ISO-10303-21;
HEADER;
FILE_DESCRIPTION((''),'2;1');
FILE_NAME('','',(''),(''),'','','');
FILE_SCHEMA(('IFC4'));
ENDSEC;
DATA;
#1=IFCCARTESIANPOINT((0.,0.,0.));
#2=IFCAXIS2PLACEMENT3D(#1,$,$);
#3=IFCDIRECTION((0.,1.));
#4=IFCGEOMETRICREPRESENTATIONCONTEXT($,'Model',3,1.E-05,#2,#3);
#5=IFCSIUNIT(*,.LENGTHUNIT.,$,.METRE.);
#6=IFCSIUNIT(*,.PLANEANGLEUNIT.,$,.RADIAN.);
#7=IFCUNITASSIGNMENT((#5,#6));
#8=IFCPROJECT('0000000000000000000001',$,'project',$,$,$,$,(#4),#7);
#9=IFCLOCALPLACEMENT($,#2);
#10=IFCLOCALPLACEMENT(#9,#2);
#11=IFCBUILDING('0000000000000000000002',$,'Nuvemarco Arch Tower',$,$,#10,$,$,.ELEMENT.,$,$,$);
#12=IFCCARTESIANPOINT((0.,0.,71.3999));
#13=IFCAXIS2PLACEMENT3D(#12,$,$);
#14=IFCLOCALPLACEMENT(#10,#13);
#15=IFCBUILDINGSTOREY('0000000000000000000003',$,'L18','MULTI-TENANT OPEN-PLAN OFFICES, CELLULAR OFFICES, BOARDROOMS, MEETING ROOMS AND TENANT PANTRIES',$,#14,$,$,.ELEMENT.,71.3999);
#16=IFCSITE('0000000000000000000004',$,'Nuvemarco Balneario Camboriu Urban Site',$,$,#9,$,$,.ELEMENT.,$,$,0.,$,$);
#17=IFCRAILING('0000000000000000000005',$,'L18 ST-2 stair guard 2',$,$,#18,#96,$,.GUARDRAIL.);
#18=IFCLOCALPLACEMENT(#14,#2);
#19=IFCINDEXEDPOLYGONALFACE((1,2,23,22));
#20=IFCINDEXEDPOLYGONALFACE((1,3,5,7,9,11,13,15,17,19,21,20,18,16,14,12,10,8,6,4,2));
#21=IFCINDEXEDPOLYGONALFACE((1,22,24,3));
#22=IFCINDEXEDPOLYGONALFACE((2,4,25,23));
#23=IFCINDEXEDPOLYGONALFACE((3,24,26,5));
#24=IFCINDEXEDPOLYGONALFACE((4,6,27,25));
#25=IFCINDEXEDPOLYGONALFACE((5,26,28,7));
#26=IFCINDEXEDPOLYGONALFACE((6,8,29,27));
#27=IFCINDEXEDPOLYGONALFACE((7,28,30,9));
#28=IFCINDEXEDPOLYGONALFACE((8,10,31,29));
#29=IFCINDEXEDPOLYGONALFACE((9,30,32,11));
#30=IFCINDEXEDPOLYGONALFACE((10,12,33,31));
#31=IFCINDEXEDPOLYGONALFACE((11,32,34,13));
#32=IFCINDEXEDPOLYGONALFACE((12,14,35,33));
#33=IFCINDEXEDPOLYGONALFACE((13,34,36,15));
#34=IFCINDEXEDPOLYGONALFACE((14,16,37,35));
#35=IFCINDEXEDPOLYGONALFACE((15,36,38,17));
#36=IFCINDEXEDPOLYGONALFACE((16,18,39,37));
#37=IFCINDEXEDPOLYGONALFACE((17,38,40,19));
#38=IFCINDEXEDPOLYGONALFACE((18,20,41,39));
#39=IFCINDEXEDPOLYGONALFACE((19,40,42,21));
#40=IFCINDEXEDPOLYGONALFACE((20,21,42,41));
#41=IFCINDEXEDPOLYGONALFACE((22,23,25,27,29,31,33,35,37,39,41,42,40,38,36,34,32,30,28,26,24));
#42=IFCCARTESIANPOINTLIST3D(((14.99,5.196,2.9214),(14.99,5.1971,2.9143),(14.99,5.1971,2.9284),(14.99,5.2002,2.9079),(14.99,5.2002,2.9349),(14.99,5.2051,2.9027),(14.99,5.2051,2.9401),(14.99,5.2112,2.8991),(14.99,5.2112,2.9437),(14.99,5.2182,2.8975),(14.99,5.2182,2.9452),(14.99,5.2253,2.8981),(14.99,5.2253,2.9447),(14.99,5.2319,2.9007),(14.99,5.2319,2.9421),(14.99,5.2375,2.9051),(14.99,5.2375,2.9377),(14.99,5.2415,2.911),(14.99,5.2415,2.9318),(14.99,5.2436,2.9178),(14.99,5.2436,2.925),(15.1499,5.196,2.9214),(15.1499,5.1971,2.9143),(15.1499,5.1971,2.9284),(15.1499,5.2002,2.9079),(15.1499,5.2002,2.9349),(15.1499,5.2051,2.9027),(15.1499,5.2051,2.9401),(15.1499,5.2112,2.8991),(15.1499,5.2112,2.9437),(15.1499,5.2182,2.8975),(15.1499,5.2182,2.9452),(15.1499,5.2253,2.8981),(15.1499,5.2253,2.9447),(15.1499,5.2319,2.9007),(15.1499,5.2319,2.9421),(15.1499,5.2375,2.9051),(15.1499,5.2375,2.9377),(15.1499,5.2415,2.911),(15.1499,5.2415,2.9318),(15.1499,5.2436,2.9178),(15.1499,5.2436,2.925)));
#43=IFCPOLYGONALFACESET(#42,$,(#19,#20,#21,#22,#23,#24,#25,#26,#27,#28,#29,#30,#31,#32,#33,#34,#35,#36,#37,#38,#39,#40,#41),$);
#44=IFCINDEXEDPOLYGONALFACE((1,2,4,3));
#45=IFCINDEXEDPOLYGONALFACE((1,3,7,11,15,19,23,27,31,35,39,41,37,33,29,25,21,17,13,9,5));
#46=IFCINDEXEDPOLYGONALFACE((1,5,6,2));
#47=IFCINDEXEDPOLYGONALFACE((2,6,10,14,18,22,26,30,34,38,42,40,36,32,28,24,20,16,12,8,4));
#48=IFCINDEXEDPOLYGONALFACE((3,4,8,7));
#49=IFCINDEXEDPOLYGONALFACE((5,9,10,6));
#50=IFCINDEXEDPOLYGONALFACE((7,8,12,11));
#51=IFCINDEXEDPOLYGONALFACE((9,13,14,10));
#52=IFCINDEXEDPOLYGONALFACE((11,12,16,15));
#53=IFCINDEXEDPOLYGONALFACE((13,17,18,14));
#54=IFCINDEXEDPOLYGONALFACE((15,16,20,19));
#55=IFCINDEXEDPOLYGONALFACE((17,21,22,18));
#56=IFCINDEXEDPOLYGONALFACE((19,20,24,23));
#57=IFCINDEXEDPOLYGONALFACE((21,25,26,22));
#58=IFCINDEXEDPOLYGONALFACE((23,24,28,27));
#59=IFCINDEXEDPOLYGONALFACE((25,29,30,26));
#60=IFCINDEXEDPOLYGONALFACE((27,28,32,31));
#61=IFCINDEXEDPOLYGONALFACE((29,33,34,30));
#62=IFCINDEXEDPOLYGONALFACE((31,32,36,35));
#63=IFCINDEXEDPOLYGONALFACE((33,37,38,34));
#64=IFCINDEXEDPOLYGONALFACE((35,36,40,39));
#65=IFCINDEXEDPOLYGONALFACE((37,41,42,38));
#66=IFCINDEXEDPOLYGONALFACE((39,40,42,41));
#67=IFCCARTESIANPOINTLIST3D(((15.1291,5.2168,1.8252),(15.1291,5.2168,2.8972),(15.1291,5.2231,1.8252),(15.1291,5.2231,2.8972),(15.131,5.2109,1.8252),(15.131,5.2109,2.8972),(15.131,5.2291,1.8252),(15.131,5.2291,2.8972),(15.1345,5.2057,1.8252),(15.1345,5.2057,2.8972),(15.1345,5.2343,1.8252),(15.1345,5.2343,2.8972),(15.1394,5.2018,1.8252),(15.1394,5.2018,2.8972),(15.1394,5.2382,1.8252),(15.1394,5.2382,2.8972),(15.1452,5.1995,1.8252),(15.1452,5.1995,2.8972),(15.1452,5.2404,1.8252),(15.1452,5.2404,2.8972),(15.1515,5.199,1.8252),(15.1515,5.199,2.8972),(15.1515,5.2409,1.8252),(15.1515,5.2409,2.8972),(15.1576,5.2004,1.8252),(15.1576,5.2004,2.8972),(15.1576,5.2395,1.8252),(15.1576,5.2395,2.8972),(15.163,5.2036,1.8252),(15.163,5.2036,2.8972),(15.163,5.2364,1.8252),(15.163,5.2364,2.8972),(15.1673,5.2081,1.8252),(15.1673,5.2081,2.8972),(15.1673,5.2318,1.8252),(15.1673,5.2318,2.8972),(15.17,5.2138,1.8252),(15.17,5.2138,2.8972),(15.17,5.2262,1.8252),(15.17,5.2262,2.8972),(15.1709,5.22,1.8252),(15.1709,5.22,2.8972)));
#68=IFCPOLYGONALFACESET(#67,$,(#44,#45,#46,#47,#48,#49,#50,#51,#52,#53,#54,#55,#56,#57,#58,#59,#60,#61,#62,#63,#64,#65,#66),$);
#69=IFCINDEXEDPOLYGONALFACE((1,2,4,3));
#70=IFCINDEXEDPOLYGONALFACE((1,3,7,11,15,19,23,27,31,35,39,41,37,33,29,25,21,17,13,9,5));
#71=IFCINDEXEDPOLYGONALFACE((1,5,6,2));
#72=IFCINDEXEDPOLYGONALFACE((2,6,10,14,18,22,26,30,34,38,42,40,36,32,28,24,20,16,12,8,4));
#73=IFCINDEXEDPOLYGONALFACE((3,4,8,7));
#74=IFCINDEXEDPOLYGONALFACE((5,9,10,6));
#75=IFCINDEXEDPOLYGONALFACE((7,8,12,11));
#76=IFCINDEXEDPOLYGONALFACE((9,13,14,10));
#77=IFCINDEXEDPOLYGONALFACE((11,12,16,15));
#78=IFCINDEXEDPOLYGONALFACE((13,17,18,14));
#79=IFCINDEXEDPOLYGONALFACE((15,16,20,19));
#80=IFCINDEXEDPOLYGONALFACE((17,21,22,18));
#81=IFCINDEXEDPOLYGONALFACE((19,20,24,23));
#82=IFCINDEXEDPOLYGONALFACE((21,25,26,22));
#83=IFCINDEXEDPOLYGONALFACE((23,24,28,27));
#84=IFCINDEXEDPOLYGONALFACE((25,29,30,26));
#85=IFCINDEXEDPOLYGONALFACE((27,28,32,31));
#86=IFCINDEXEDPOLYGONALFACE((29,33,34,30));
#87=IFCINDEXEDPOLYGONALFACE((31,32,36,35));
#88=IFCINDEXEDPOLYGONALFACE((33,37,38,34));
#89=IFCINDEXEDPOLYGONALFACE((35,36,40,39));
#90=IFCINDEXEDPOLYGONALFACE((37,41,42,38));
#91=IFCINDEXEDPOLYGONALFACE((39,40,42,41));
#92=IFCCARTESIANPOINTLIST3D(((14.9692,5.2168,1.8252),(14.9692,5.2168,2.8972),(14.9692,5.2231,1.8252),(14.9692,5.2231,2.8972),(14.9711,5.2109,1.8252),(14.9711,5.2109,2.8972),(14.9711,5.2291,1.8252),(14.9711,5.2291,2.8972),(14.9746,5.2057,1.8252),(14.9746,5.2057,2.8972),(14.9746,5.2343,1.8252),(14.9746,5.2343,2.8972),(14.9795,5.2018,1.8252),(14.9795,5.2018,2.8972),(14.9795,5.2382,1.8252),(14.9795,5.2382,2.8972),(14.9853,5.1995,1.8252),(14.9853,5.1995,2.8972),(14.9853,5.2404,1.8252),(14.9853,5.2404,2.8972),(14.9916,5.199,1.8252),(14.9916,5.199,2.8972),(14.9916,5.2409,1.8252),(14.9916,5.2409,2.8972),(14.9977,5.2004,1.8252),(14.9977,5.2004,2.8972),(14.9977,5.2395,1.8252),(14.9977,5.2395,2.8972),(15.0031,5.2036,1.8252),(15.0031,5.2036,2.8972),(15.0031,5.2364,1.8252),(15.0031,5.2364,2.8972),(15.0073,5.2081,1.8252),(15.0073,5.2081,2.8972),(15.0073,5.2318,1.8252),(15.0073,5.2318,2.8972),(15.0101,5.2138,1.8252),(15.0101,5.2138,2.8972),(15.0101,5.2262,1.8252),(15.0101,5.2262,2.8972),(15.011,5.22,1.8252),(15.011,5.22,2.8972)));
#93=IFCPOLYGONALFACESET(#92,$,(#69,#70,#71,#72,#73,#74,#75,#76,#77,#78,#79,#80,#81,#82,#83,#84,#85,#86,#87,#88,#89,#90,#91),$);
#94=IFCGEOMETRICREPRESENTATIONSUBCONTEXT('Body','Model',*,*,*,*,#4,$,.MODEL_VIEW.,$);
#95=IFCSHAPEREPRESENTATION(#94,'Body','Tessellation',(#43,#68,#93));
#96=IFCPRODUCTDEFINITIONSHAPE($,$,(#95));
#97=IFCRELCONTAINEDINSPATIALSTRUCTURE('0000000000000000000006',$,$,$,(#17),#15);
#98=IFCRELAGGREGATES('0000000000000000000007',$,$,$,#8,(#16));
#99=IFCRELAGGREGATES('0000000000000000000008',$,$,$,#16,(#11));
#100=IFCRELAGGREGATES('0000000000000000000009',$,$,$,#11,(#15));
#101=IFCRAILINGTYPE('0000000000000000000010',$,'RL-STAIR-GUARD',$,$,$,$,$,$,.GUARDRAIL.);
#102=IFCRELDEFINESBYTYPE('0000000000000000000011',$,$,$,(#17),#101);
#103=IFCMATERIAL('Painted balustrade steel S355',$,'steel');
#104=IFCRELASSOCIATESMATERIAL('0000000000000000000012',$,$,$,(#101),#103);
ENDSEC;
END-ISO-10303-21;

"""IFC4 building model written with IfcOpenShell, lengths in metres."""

from ifc_helpers import new_model, si_unit, direction, frame, origin, origin_2d, place, context, subcontext, project, spatial, circle, extrude, material, type_object, element, save


model = new_model("IFC4")

# Units and contexts
model_context = context("Model", 3, precision=1e-05, world=origin(), true_north=direction((0.0, 1.0)))
body_context = subcontext(model_context, "Body", "Model", "MODEL_VIEW")
ifc_project = project(units=[si_unit("LENGTHUNIT", "METRE"), si_unit("PLANEANGLEUNIT", "RADIAN")], contexts=[model_context])

# Site, building, storey
site_placement = place(None, origin())
site = spatial("IfcSite", under=ifc_project, at=site_placement, Name="Nuvemarco Balneario Camboriu Urban Site", CompositionType="ELEMENT", RefElevation=0.0)
building_placement = place(site_placement, origin())
building = spatial("IfcBuilding", under=site, at=building_placement, Name="Nuvemarco Arch Tower", CompositionType="ELEMENT")
storey_placement = place(building_placement, frame((0.0, 0.0, 71.3999)))
storey = spatial("IfcBuildingStorey", under=building, at=storey_placement, Name="L18", Description="MULTI-TENANT OPEN-PLAN OFFICES, CELLULAR OFFICES, BOARDROOMS, MEETING ROOMS AND TENANT PANTRIES", CompositionType="ELEMENT", Elevation=71.3999)

# Railing
ifc_material_1 = material(Name="Painted balustrade steel S355", Category="steel")
railing_type_1 = type_object("IfcRailingType", Name="RL-STAIR-GUARD", PredefinedType="GUARDRAIL", material=ifc_material_1)
railing_1_placement = place(storey_placement, frame((15.1499, 5.22, 1.8252)))
element("IfcRailing", 1, at=railing_1_placement, inside=storey, type_object=railing_type_1, Name="L18 ST-2 stair guard 2", PredefinedType="GUARDRAIL", context=body_context, shape_type="SweptSolid", body=[
    extrude(circle(Radius=0.0239, at=origin_2d()), frame((0.0, 0.0, 1.0962), z_axis=(-1.0, 0.0, 0.0), x_axis=(0.0, -1.0, 0.0)), (0.0, 0.0, 1.0), 0.1599),
    extrude(circle(Radius=0.021, at=origin_2d()), origin(), (0.0, 0.0, 1.0), 1.072),
    extrude(circle(Radius=0.021, at=origin_2d()), frame((-0.1599, 0.0, 0.0)), (0.0, 0.0, 1.0), 1.072),
])

save(model, "model.ifc")
